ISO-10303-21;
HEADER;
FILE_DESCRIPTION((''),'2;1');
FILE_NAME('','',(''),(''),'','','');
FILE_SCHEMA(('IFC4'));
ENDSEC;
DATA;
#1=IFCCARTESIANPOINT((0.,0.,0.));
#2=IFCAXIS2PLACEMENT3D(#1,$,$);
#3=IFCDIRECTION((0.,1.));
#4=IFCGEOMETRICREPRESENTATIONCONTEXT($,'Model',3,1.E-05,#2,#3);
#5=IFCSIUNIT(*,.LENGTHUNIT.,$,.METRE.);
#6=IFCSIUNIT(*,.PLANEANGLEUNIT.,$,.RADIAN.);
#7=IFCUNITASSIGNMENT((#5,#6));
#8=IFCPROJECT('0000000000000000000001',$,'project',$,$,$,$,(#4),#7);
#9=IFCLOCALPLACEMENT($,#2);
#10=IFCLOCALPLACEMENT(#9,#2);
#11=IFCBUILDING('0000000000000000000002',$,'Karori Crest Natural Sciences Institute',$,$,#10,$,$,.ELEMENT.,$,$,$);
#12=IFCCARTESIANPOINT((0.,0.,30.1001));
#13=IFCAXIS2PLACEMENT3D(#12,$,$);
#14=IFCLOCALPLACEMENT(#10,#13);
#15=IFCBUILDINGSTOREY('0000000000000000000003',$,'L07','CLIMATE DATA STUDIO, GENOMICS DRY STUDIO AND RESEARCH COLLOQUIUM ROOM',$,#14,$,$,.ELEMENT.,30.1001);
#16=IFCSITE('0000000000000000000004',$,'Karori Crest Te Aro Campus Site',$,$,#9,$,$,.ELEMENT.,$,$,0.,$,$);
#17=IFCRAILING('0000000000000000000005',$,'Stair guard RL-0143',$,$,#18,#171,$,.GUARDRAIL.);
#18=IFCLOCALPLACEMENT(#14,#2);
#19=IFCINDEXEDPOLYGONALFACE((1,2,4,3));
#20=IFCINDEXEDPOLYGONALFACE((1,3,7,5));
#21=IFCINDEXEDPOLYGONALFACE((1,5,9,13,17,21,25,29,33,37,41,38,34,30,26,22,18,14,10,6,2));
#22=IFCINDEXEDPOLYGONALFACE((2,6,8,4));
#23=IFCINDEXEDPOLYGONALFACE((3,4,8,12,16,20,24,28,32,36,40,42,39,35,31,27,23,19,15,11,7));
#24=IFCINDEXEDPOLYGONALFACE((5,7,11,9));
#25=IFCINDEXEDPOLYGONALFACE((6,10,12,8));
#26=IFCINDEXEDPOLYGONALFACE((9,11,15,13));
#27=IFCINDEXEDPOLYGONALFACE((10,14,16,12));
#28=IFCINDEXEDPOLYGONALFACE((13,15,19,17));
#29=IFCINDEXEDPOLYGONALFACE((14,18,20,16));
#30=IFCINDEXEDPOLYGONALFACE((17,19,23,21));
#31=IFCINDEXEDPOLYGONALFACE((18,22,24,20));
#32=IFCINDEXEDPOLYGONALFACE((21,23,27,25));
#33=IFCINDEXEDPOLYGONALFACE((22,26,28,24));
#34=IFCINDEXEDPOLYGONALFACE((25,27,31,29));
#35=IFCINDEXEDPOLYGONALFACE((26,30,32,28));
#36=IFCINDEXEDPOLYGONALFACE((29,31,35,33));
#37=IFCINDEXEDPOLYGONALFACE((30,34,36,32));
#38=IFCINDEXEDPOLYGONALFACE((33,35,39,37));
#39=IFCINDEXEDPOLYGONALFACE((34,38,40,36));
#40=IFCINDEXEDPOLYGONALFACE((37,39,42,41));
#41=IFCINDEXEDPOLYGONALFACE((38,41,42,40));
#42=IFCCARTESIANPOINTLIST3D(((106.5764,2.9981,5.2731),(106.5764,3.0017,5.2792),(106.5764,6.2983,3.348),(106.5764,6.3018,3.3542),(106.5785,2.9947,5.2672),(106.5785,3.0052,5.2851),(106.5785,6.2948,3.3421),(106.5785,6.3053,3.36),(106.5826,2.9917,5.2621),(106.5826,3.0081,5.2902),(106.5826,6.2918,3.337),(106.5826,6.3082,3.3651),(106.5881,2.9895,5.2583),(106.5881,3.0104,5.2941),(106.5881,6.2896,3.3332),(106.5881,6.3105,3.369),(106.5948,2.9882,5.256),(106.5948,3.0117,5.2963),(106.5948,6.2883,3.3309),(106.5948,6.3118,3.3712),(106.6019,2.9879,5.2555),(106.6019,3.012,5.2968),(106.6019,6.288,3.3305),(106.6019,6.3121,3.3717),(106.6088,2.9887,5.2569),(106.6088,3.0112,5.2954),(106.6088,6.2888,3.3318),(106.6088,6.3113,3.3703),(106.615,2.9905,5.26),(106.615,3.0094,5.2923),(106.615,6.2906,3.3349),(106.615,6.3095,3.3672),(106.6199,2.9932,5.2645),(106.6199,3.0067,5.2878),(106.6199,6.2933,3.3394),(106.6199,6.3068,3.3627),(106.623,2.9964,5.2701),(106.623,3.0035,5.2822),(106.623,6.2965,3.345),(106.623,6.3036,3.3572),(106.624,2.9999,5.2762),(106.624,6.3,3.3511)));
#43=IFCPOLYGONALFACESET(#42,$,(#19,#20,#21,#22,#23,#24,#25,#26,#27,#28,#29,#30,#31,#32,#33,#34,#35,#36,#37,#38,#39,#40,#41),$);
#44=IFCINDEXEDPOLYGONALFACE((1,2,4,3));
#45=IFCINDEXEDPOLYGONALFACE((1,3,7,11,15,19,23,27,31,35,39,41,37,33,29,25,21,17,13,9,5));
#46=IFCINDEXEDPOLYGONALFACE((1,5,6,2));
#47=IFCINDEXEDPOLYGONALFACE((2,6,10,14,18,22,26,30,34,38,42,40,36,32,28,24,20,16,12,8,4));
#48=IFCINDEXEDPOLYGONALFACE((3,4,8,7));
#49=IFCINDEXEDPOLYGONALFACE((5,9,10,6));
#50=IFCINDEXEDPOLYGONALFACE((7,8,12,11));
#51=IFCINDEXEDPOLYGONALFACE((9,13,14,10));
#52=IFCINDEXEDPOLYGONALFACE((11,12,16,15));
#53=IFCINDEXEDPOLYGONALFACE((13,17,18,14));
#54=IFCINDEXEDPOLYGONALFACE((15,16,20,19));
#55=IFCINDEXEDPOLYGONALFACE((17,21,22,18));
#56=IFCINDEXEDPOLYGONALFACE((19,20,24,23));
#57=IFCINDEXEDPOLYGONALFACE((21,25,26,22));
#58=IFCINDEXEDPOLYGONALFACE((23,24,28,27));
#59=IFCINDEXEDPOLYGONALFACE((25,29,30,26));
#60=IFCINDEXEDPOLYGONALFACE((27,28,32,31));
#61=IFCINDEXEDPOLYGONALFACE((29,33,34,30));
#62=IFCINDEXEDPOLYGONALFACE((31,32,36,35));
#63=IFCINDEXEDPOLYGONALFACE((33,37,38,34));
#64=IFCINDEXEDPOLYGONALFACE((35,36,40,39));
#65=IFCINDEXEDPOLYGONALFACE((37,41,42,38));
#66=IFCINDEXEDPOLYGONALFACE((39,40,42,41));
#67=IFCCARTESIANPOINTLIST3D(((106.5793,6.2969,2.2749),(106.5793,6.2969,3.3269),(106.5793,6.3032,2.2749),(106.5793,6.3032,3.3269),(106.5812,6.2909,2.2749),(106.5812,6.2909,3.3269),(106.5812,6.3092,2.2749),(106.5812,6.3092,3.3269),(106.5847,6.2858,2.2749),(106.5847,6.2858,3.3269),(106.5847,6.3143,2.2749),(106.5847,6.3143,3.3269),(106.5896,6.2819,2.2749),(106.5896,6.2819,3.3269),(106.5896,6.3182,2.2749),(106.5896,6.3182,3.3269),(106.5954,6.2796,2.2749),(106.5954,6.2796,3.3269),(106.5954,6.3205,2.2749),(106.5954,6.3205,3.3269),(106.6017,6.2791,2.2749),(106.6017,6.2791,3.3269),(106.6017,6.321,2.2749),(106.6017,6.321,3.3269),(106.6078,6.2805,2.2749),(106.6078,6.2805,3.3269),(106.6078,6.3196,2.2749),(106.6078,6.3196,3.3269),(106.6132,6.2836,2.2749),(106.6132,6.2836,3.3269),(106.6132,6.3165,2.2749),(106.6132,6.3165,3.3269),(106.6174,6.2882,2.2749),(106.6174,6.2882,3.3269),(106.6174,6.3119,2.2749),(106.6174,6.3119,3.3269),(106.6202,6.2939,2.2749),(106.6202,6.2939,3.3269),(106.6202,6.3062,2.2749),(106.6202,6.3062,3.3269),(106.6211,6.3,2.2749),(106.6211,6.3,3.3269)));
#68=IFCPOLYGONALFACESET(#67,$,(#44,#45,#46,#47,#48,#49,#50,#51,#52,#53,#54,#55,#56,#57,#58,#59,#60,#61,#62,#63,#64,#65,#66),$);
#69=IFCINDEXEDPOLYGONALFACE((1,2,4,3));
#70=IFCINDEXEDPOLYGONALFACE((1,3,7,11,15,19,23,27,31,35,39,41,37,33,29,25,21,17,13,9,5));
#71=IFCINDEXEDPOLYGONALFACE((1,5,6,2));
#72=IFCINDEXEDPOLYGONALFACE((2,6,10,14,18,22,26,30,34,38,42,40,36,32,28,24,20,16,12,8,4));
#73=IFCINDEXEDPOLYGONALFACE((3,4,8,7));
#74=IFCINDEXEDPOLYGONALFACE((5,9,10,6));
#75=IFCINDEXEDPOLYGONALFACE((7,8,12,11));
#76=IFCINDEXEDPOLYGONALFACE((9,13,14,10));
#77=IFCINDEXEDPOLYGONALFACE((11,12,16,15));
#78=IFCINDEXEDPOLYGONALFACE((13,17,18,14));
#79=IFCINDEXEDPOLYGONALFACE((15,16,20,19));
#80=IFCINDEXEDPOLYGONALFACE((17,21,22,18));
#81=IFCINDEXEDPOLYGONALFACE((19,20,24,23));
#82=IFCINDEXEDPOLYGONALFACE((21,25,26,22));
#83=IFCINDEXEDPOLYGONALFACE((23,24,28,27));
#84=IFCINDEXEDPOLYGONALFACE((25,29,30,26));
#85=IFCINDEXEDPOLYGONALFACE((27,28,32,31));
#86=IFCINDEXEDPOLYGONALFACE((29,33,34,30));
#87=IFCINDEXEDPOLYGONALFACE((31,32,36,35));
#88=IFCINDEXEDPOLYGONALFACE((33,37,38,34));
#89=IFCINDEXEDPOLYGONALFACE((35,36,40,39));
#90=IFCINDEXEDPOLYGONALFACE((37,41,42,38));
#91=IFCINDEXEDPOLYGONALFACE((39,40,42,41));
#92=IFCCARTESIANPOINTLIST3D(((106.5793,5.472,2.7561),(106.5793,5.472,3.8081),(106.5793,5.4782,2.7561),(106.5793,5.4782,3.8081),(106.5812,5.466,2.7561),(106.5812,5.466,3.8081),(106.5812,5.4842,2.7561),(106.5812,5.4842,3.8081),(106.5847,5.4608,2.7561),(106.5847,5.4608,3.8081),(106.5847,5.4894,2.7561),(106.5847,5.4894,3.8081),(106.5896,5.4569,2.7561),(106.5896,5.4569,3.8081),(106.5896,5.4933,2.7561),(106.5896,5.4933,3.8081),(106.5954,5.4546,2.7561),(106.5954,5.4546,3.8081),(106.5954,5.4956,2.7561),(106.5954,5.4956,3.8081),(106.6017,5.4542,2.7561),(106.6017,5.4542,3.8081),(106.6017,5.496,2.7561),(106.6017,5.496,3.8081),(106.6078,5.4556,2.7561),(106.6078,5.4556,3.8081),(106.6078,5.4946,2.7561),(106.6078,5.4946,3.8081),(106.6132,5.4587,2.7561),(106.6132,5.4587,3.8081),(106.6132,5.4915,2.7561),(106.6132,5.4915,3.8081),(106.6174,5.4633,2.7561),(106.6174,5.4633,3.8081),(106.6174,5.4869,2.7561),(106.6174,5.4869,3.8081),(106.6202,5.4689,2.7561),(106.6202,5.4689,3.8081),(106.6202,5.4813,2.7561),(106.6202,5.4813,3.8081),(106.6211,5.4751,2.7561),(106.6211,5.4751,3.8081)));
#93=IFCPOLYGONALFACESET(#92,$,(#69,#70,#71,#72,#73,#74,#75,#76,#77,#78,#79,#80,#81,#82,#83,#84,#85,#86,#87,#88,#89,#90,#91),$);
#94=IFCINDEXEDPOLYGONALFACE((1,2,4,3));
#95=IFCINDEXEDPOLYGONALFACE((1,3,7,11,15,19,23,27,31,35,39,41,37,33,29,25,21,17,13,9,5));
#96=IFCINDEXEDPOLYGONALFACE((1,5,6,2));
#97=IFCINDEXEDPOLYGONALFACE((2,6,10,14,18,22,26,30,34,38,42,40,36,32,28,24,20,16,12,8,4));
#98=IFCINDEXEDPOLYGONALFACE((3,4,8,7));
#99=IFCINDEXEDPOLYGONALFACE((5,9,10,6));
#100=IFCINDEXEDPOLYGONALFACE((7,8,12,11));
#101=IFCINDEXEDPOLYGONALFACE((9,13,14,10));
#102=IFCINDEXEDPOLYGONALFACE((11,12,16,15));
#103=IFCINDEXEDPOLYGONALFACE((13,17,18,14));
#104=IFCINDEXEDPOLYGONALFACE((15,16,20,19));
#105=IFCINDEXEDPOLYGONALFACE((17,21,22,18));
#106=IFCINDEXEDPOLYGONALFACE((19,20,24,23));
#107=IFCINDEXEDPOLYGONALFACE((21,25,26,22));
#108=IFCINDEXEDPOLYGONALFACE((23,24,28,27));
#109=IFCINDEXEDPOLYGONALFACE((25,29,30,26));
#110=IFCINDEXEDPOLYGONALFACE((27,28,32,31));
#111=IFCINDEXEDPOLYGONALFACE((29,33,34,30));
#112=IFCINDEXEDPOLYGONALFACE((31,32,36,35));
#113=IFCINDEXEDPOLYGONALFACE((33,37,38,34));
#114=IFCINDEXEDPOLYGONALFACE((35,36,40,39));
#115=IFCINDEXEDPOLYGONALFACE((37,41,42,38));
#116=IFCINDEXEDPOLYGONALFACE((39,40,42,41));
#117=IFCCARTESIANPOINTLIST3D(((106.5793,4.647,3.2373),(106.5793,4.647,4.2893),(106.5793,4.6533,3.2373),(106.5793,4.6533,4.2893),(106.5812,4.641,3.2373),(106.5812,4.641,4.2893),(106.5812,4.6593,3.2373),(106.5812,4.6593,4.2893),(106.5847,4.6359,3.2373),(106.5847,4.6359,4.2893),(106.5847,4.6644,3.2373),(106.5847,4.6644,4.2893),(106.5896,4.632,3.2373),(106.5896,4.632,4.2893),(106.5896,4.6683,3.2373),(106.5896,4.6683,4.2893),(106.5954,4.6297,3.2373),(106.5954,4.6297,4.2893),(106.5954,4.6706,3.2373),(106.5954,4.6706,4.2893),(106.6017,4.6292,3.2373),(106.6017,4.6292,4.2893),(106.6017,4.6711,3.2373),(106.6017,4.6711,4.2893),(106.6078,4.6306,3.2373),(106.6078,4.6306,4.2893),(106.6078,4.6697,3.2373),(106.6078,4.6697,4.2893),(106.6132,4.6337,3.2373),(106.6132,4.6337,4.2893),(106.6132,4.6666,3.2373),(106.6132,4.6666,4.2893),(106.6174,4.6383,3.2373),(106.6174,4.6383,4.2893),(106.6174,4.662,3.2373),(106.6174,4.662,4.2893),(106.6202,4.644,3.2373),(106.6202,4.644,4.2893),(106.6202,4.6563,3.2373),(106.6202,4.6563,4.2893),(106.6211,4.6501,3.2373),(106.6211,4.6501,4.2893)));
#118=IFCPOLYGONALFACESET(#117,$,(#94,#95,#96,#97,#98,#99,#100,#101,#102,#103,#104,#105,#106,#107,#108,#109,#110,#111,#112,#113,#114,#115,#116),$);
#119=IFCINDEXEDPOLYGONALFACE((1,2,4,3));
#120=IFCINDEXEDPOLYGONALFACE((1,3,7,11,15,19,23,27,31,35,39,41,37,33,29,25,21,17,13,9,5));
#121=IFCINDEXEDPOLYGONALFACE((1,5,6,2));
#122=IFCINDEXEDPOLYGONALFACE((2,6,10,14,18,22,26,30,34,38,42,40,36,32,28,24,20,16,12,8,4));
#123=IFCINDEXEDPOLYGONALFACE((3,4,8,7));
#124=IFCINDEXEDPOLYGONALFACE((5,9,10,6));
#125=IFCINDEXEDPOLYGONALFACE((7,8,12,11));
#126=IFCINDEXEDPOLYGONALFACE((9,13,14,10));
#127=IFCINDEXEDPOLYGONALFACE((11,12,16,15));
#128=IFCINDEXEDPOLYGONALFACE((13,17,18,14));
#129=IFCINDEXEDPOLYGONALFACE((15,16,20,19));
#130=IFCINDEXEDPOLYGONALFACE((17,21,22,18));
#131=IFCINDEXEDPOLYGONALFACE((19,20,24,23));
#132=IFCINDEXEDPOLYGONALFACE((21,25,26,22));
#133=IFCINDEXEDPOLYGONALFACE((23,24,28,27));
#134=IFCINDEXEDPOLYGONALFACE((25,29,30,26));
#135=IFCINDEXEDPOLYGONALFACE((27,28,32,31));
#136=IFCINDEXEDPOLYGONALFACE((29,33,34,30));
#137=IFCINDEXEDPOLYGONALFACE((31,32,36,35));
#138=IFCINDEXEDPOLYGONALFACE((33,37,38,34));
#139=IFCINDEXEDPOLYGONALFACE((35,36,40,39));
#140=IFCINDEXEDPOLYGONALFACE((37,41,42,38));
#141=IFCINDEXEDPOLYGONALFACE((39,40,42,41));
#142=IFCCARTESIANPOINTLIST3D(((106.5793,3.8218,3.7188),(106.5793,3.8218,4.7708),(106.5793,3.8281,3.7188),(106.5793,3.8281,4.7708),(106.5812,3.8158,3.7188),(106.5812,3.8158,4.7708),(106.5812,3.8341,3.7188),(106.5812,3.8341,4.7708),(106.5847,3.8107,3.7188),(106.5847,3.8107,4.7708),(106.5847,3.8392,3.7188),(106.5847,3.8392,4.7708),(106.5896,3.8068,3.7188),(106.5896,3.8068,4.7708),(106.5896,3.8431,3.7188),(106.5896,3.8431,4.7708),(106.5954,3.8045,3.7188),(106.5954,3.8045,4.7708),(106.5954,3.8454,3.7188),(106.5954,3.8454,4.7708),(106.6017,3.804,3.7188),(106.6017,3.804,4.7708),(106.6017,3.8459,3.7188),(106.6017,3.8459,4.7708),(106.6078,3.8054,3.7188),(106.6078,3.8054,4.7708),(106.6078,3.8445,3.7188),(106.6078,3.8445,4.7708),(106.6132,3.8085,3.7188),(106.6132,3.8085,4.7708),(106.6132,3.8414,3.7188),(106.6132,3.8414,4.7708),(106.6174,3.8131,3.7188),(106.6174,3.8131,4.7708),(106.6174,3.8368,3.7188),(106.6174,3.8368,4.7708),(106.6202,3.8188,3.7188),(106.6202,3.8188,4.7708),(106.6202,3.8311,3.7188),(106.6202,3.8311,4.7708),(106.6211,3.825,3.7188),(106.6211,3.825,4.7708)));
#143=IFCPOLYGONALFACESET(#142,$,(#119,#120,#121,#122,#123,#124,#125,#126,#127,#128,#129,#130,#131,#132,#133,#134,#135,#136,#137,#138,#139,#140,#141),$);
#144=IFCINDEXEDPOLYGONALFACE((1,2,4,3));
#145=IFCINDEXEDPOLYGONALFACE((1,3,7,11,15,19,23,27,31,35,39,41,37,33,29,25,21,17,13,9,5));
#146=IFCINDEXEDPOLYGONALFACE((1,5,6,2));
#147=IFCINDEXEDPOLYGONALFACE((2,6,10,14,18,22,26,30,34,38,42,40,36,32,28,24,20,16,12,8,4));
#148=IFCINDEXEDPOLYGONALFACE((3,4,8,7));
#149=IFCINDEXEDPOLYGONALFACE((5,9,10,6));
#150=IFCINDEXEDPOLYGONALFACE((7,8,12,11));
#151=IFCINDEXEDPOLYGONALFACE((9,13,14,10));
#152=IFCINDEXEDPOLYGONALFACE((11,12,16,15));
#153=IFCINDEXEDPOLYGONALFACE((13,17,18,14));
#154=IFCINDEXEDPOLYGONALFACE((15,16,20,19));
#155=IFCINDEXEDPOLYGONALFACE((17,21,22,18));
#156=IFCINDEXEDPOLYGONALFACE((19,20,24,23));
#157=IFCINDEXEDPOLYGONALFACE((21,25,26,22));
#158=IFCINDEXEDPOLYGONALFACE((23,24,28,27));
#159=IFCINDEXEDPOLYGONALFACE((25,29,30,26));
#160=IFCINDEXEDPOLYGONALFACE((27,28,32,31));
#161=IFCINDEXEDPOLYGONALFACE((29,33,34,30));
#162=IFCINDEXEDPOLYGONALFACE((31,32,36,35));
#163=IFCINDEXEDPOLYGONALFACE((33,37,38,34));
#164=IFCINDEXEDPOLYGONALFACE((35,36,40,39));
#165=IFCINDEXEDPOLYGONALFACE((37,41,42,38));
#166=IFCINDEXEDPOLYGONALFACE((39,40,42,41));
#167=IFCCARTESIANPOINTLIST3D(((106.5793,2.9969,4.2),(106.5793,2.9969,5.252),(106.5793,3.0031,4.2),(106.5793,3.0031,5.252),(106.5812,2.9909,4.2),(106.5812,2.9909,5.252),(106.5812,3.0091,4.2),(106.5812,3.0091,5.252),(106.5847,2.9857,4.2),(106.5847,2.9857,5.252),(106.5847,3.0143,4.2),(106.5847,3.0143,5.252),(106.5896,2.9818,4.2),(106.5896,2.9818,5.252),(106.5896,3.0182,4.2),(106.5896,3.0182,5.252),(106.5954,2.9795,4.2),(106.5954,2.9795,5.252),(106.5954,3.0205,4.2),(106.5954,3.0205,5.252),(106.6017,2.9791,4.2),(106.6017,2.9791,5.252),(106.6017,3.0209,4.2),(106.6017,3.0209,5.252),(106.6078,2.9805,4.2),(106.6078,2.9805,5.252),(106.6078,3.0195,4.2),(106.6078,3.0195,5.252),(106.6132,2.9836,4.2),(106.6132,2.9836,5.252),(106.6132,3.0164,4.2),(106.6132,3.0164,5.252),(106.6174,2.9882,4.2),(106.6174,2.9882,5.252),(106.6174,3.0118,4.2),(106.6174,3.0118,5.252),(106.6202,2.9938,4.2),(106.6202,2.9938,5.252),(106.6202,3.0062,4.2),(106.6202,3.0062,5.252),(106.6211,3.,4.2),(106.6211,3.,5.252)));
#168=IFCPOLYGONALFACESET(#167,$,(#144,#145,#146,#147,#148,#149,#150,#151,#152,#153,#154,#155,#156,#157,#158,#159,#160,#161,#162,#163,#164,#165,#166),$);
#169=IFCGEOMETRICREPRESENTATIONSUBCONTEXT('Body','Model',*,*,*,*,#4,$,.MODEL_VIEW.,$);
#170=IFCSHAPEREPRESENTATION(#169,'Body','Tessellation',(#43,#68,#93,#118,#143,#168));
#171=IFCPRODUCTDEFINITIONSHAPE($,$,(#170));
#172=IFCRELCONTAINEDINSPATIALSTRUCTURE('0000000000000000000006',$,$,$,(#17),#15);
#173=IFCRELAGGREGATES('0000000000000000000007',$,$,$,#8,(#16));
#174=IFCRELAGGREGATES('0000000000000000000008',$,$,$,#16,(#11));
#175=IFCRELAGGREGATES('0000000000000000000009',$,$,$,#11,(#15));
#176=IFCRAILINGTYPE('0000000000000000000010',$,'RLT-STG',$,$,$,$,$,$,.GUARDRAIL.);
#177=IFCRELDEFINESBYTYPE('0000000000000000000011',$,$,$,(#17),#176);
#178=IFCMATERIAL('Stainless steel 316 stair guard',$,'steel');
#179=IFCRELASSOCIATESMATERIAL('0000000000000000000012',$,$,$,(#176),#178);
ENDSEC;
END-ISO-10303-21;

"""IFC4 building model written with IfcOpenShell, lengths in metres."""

from ifc_helpers import new_model, si_unit, direction, frame, origin, origin_2d, place, context, subcontext, project, spatial, circle, extrude, material, type_object, element, save


model = new_model("IFC4")

# Units and contexts
model_context = context("Model", 3, precision=1e-05, world=origin(), true_north=direction((0.0, 1.0)))
body_context = subcontext(model_context, "Body", "Model", "MODEL_VIEW")
ifc_project = project(units=[si_unit("LENGTHUNIT", "METRE"), si_unit("PLANEANGLEUNIT", "RADIAN")], contexts=[model_context])

# Site, building, storey
site_placement = place(None, origin())
site = spatial("IfcSite", under=ifc_project, at=site_placement, Name="Karori Crest Te Aro Campus Site", CompositionType="ELEMENT", RefElevation=0.0)
building_placement = place(site_placement, origin())
building = spatial("IfcBuilding", under=site, at=building_placement, Name="Karori Crest Natural Sciences Institute", CompositionType="ELEMENT")
storey_placement = place(building_placement, frame((0.0, 0.0, 30.1001)))
storey = spatial("IfcBuildingStorey", under=building, at=storey_placement, Name="L07", Description="CLIMATE DATA STUDIO, GENOMICS DRY STUDIO AND RESEARCH COLLOQUIUM ROOM", CompositionType="ELEMENT", Elevation=30.1001)

# Railing
ifc_material_1 = material(Name="Stainless steel 316 stair guard", Category="steel")
railing_type_1 = type_object("IfcRailingType", Name="RLT-STG", PredefinedType="GUARDRAIL", material=ifc_material_1)
railing_1_placement = place(storey_placement, frame((106.6001, 6.3, 2.2749)))
element("IfcRailing", 1, at=railing_1_placement, inside=storey, type_object=railing_type_1, Name="Stair guard RL-0143", PredefinedType="GUARDRAIL", context=body_context, shape_type="SweptSolid", body=[
    extrude(circle(Radius=0.0239, at=origin_2d()), frame((0.0, 0.0, 1.0762), z_axis=(0.0, -0.863777, 0.503875), x_axis=(1.0, 0.0, 0.0)), (0.0, 0.0, 1.0), 3.8206),
    extrude(circle(Radius=0.021, at=origin_2d()), origin(), (0.0, 0.0, 1.0), 1.052),
    extrude(circle(Radius=0.021, at=origin_2d()), frame((0.0, -0.825, 0.4812)), (0.0, 0.0, 1.0), 1.052),
    extrude(circle(Radius=0.021, at=origin_2d()), frame((0.0, -1.6499, 0.9624)), (0.0, 0.0, 1.0), 1.052),
    extrude(circle(Radius=0.021, at=origin_2d()), frame((0.0, -2.4751, 1.4438)), (0.0, 0.0, 1.0), 1.052),
    extrude(circle(Radius=0.021, at=origin_2d()), frame((0.0, -3.3, 1.925)), (0.0, 0.0, 1.0), 1.052),
])

save(model, "model.ifc")
